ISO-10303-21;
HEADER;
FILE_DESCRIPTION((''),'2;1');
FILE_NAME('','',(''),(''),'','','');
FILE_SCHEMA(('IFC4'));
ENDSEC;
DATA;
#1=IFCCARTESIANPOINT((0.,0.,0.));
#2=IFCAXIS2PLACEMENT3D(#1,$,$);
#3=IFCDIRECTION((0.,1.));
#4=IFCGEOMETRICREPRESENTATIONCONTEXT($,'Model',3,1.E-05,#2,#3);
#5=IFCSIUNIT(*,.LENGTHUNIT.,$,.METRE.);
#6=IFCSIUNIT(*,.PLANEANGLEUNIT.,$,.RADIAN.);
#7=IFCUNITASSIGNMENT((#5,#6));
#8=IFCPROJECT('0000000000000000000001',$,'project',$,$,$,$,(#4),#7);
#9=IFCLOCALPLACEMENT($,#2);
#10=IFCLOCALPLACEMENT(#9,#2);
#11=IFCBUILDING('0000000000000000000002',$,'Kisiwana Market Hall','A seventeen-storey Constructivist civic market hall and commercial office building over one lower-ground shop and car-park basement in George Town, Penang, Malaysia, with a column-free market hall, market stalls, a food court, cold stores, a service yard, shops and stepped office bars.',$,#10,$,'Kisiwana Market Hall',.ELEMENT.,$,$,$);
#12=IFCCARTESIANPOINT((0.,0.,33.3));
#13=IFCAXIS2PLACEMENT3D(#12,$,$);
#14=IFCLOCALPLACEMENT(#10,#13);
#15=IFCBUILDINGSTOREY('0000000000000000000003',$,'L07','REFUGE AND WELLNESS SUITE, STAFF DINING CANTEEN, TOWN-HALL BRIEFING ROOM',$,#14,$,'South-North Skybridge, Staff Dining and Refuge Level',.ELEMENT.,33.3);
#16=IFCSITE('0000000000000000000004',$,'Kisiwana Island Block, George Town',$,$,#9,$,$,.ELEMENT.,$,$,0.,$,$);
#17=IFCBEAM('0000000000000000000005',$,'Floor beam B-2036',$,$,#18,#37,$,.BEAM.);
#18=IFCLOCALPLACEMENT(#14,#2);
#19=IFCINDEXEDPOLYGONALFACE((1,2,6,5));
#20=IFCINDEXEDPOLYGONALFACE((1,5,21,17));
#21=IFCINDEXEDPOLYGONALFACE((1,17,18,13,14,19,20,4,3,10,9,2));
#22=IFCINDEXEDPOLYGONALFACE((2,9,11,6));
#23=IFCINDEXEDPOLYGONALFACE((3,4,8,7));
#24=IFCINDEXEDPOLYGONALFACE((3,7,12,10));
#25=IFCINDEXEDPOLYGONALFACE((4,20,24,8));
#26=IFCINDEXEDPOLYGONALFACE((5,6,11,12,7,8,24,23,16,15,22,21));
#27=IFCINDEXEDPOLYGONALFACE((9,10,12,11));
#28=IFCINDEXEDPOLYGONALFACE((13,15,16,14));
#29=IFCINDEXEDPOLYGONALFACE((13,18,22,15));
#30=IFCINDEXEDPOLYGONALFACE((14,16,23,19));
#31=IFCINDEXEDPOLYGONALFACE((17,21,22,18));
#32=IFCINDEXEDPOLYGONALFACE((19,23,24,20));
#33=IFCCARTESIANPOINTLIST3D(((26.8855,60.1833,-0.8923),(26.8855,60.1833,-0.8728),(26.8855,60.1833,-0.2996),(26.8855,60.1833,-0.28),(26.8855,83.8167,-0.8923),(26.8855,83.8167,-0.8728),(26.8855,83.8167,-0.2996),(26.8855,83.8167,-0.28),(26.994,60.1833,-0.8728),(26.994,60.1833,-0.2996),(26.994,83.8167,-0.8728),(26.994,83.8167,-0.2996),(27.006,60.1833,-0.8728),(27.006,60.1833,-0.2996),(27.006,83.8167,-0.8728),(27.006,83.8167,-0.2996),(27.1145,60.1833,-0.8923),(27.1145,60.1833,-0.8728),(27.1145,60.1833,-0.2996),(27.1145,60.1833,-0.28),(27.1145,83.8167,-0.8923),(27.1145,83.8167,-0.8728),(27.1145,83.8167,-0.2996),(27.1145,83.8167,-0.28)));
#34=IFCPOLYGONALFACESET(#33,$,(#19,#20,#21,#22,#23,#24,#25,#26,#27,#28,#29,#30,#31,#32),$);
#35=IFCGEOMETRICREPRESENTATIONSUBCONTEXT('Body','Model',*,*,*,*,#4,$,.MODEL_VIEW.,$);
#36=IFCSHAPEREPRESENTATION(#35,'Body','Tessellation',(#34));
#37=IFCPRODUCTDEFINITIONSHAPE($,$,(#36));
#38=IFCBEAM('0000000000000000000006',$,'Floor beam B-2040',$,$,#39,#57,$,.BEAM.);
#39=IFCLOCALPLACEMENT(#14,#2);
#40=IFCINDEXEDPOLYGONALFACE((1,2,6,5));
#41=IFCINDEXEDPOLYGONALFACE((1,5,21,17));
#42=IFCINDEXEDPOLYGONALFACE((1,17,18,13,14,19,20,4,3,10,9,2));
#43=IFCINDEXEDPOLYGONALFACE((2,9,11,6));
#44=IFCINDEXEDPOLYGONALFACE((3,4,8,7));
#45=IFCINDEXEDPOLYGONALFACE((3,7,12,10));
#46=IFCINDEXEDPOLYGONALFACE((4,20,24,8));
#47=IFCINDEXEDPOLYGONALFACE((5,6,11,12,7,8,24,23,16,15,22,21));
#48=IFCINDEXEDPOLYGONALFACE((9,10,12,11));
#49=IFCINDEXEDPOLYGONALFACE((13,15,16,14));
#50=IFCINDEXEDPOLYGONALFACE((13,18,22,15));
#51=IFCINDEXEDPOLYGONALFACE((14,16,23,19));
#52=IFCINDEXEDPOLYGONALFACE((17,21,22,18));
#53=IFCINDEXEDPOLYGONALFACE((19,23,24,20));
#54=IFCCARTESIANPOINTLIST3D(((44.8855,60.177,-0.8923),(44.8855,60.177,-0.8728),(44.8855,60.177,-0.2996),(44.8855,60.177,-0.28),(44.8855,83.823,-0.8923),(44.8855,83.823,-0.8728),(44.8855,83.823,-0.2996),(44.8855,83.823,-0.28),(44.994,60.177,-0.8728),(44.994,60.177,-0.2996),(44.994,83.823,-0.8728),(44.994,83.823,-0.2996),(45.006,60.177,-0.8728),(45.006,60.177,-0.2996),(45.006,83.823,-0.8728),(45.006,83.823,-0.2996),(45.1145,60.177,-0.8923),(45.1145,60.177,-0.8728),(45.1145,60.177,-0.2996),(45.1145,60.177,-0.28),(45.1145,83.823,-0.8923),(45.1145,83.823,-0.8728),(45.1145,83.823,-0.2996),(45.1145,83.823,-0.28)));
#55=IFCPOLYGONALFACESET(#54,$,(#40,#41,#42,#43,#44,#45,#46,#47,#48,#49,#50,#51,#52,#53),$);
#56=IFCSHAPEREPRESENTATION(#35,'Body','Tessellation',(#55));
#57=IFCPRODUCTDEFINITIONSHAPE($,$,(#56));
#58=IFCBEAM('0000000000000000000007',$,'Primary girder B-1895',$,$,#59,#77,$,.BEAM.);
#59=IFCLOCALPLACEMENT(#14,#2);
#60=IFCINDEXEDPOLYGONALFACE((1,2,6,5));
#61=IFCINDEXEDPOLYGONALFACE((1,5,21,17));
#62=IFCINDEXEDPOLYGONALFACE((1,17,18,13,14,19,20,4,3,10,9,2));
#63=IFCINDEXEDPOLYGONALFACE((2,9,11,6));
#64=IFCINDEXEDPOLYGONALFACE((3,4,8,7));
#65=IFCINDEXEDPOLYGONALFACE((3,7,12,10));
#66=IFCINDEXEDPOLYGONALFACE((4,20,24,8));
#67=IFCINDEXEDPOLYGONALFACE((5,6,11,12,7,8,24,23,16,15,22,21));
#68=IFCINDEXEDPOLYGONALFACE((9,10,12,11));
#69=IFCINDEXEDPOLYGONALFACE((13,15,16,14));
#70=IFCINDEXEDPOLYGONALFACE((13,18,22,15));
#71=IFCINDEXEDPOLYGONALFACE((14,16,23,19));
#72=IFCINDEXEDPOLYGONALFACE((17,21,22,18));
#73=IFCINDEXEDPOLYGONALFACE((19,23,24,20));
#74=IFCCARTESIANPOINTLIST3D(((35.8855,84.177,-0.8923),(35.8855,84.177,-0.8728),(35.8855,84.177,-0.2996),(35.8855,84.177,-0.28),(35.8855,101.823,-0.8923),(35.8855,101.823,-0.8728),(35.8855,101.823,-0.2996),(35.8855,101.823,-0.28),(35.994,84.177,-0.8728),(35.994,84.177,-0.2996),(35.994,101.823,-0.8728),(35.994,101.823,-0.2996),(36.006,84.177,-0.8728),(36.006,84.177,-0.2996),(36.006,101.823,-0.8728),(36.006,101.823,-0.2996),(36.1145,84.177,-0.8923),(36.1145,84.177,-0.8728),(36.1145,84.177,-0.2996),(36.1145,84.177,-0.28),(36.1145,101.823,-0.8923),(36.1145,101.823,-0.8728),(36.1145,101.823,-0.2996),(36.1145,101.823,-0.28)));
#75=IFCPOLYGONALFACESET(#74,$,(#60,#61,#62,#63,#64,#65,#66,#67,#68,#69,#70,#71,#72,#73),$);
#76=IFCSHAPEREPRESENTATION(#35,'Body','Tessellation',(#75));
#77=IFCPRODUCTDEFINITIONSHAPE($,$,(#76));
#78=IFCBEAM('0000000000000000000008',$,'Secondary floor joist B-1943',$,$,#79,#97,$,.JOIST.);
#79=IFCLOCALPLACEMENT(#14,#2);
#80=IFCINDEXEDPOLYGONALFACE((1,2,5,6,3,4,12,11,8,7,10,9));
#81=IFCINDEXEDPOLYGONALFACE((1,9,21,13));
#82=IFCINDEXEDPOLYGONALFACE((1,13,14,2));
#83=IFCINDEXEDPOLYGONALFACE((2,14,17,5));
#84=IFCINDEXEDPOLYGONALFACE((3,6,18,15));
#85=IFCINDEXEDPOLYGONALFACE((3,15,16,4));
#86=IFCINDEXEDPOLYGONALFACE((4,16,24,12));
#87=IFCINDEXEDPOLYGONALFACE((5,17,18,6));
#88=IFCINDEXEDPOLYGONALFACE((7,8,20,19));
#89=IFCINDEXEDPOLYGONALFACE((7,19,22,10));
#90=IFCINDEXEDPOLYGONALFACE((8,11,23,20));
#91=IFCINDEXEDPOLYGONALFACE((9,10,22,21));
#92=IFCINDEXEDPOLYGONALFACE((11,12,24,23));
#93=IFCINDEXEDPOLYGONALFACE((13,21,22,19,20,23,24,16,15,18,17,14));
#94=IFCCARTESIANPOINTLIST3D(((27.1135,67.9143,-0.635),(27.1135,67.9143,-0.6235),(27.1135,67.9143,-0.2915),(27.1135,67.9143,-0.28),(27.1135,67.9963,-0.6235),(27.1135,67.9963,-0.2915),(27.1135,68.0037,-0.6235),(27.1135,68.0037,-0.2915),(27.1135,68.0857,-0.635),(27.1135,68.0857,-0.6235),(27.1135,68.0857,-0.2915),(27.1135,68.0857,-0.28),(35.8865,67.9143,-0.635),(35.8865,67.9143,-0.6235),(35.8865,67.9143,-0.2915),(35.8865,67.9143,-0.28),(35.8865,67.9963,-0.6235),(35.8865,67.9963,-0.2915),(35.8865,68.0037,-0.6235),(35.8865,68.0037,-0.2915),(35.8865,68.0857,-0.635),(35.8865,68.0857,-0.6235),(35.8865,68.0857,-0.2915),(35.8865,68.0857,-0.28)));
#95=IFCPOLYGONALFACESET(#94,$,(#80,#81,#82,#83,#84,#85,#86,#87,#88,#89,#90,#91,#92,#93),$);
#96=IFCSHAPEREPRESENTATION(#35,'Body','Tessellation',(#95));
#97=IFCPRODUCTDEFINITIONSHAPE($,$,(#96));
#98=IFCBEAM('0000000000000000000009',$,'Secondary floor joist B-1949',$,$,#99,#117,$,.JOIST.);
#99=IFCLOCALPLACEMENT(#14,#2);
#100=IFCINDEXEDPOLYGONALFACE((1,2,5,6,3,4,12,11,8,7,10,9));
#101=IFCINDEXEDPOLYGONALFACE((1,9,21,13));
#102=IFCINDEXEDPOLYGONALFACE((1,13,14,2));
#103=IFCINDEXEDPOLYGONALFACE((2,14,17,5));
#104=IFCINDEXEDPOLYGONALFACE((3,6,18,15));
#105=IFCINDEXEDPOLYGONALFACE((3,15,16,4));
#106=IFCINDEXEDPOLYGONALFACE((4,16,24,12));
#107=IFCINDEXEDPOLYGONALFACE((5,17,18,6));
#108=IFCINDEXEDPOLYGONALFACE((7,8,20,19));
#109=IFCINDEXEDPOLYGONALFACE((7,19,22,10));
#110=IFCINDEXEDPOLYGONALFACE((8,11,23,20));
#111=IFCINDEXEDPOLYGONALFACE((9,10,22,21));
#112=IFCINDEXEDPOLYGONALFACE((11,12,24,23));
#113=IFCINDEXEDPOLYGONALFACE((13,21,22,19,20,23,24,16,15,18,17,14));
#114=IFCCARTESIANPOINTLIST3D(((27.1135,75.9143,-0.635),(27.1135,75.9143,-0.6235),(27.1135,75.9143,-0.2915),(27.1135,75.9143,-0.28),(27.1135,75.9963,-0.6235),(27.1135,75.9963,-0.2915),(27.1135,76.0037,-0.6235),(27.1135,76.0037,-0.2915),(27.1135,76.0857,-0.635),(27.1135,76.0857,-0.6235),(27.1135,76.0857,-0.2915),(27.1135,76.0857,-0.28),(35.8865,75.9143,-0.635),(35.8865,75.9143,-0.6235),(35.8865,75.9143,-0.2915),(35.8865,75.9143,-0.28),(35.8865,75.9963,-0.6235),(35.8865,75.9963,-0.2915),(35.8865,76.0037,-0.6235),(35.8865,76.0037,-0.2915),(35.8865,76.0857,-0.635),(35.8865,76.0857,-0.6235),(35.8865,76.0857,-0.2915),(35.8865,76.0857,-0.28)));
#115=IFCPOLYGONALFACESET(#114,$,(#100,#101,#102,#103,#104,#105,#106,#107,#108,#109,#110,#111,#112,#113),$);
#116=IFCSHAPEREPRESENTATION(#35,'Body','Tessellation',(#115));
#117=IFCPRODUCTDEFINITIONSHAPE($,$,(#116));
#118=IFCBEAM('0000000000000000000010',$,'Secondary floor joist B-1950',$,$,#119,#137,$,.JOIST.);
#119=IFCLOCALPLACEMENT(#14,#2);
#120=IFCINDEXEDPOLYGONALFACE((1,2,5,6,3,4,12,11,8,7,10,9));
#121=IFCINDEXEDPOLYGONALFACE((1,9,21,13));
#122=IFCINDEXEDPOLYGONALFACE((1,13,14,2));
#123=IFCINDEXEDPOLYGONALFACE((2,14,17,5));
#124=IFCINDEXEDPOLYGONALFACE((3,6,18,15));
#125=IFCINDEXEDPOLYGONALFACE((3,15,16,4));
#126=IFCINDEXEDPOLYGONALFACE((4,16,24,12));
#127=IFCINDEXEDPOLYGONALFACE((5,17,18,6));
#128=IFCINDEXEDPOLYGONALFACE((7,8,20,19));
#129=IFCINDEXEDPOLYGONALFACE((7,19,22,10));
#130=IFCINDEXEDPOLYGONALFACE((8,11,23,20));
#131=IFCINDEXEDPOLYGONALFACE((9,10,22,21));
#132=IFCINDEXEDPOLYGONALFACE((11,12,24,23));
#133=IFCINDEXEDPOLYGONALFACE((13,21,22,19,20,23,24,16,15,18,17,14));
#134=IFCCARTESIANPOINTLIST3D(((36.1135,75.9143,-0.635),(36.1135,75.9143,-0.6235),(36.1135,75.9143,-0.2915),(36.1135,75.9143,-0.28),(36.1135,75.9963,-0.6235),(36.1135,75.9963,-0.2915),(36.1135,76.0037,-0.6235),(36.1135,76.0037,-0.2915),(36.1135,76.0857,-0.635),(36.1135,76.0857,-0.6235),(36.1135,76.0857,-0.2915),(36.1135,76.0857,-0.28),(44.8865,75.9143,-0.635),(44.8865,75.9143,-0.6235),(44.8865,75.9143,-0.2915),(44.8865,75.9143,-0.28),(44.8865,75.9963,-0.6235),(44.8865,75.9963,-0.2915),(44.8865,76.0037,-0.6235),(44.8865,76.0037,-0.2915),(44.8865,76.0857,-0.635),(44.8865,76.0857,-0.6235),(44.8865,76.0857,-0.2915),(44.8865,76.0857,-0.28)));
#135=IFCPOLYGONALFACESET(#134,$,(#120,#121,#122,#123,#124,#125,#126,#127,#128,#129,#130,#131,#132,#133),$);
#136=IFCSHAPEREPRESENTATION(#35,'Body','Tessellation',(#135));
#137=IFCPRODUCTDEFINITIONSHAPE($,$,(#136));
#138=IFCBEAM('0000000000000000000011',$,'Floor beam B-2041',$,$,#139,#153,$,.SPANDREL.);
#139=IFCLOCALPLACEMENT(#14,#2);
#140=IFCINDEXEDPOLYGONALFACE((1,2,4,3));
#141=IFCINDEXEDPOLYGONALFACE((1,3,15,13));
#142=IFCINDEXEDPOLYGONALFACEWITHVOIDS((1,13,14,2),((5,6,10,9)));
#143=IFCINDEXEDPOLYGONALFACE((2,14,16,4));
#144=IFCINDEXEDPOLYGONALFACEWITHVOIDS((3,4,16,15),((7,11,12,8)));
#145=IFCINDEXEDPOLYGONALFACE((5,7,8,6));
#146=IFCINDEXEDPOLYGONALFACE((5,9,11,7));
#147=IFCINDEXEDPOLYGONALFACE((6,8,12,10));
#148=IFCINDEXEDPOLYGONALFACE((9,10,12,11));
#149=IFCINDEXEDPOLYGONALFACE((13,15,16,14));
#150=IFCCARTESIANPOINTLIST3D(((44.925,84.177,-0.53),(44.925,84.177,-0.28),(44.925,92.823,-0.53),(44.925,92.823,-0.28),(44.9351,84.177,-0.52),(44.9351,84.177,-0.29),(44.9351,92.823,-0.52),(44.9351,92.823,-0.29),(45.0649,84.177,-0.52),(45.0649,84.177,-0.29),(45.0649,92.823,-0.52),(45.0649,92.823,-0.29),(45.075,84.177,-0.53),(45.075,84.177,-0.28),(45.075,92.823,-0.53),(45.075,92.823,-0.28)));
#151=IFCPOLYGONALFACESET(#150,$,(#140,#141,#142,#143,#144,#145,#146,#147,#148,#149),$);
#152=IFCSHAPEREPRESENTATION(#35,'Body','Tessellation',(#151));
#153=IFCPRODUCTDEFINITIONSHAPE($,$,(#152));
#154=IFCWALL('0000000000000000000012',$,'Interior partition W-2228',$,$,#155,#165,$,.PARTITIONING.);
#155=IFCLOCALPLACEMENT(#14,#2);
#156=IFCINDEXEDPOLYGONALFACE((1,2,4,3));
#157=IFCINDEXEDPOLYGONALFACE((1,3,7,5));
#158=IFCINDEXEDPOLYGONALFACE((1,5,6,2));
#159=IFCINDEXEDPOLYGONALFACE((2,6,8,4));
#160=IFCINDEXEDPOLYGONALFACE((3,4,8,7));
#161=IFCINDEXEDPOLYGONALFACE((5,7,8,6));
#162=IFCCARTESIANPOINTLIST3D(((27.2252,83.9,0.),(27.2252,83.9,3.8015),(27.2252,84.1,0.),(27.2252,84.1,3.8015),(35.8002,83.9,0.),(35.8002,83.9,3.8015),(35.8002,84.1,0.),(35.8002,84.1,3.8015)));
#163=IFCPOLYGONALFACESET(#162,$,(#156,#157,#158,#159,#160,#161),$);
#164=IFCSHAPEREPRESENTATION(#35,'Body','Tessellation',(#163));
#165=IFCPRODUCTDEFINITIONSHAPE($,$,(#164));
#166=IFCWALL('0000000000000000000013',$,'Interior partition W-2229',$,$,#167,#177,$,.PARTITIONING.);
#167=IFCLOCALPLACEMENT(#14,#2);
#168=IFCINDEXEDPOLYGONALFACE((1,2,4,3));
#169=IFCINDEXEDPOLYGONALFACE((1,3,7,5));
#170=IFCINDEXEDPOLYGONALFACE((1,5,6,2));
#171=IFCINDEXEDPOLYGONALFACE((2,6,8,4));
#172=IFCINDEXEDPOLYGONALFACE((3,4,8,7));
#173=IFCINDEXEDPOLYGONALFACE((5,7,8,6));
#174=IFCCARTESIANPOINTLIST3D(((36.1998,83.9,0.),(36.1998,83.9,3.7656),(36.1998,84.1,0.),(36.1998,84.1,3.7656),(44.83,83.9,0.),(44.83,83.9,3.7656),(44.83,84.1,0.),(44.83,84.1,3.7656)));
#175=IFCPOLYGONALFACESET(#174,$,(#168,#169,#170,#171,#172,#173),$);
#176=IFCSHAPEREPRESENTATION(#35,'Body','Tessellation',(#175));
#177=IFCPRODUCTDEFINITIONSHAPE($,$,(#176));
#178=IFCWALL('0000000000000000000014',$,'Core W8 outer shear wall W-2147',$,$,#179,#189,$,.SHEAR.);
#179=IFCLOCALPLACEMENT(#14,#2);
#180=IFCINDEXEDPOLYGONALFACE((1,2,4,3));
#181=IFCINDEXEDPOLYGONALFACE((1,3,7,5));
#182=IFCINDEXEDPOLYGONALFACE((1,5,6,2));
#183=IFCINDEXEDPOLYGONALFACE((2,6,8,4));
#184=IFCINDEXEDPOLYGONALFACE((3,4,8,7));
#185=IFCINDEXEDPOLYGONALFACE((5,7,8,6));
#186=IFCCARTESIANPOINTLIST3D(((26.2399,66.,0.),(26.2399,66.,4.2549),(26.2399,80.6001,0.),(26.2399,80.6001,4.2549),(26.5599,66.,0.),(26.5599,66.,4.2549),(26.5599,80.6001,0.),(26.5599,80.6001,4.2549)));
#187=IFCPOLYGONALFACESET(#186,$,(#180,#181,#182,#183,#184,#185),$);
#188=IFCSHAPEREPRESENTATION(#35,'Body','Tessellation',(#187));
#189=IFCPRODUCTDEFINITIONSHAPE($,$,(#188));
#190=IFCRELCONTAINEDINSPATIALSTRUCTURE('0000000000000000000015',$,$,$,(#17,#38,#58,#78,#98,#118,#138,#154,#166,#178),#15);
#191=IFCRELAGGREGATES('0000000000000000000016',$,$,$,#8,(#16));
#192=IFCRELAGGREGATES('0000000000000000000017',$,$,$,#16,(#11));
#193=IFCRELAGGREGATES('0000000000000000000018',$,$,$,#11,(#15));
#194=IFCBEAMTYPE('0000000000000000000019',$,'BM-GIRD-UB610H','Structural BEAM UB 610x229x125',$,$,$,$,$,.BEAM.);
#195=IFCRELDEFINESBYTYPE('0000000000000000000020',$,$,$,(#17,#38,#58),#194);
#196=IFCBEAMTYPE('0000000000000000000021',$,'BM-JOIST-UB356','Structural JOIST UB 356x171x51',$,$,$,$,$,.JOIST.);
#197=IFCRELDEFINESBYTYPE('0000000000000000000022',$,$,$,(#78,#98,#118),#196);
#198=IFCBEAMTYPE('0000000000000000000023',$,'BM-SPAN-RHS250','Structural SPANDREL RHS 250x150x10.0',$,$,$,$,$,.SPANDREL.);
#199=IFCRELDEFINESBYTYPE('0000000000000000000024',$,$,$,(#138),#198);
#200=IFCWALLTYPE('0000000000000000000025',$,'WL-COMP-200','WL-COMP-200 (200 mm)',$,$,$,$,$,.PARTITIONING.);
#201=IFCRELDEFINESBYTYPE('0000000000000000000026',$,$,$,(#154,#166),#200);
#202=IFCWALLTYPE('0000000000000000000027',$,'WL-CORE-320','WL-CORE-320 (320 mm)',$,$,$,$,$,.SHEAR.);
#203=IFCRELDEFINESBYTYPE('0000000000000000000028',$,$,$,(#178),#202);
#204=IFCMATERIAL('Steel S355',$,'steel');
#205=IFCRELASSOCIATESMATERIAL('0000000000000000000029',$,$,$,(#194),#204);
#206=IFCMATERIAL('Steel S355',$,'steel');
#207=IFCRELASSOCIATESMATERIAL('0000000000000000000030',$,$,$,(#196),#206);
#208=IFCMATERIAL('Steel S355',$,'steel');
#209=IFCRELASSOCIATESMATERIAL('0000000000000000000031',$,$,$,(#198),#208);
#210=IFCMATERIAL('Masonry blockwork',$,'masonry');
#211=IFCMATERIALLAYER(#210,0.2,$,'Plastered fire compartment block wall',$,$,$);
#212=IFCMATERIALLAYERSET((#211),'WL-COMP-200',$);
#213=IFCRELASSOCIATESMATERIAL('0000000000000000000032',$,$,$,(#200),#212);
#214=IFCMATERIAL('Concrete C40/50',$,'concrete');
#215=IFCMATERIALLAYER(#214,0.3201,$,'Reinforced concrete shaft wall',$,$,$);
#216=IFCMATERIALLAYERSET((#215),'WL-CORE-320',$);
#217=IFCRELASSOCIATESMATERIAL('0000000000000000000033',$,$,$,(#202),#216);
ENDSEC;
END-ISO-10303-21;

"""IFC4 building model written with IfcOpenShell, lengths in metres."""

from ifc_helpers import new_model, si_unit, direction, frame, frame_2d, origin, origin_2d, place, context, subcontext, project, spatial, rectangle, hollow_rectangle, i_section, extrude, material, layer, layer_set, material_profile, profile_set, type_object, element, save


model = new_model("IFC4")

# Units and contexts
model_context = context("Model", 3, precision=1e-05, world=origin(), true_north=direction((0.0, 1.0)))
body_context = subcontext(model_context, "Body", "Model", "MODEL_VIEW")
ifc_project = project(units=[si_unit("LENGTHUNIT", "METRE"), si_unit("PLANEANGLEUNIT", "RADIAN")], contexts=[model_context])

# Site, building, storey
site_placement = place(None, origin())
site = spatial("IfcSite", under=ifc_project, at=site_placement, Name="Kisiwana Island Block, George Town", CompositionType="ELEMENT", RefElevation=0.0)
building_placement = place(site_placement, origin())
building = spatial("IfcBuilding", under=site, at=building_placement, Name="Kisiwana Market Hall", Description="A seventeen-storey Constructivist civic market hall and commercial office building over one lower-ground shop and car-park basement in George Town, Penang, Malaysia, with a column-free market hall, market stalls, a food court, cold stores, a service yard, shops and stepped office bars.", LongName="Kisiwana Market Hall", CompositionType="ELEMENT")
storey_placement = place(building_placement, frame((0.0, 0.0, 33.3)))
storey = spatial("IfcBuildingStorey", under=building, at=storey_placement, Name="L07", Description="REFUGE AND WELLNESS SUITE, STAFF DINING CANTEEN, TOWN-HALL BRIEFING ROOM", LongName="South-North Skybridge, Staff Dining and Refuge Level", CompositionType="ELEMENT", Elevation=33.3)

# Beams
ifc_material_1 = material(Name="Steel S355", Category="steel")
ifc_material_profile_1 = material_profile(ifc_material_1, i_section(OverallWidth=0.229, OverallDepth=0.6123, WebThickness=0.012, FlangeThickness=0.0195, at=origin_2d()), Name="UB 610x229x125")
ifc_profile_set_1 = profile_set([ifc_material_profile_1], Name="Steel S355")
beam_type_1 = type_object("IfcBeamType", Name="BM-GIRD-UB610H", Description="Structural BEAM UB 610x229x125", PredefinedType="BEAM", material=ifc_profile_set_1)
beam_1_placement = place(storey_placement, frame((27.0, 60.1833, -0.5862), z_axis=(0.0, 1.0, 0.0), x_axis=(-1.0, 0.0, 0.0)))
element("IfcBeam", 1, at=beam_1_placement, inside=storey, type_object=beam_type_1, Name="Floor beam B-2036", PredefinedType="BEAM", context=body_context, shape_type="SweptSolid", body=[
    extrude(i_section(OverallWidth=0.229, OverallDepth=0.6123, WebThickness=0.012, FlangeThickness=0.0195, at=origin_2d()), origin(), (0.0, 0.0, 1.0), 23.6333),
])
beam_2_placement = place(storey_placement, frame((45.0, 60.177, -0.5862), z_axis=(0.0, 1.0, 0.0), x_axis=(-1.0, 0.0, 0.0)))
element("IfcBeam", 2, at=beam_2_placement, inside=storey, type_object=beam_type_1, Name="Floor beam B-2040", PredefinedType="BEAM", context=body_context, shape_type="SweptSolid", body=[
    extrude(i_section(OverallWidth=0.229, OverallDepth=0.6123, WebThickness=0.012, FlangeThickness=0.0195, at=origin_2d()), origin(), (0.0, 0.0, 1.0), 23.646),
])
beam_3_placement = place(storey_placement, frame((36.0, 84.177, -0.5862), z_axis=(0.0, 1.0, 0.0), x_axis=(-1.0, 0.0, 0.0)))
element("IfcBeam", 3, at=beam_3_placement, inside=storey, type_object=beam_type_1, Name="Primary girder B-1895", PredefinedType="BEAM", context=body_context, shape_type="SweptSolid", body=[
    extrude(i_section(OverallWidth=0.229, OverallDepth=0.6123, WebThickness=0.012, FlangeThickness=0.0195, at=origin_2d()), origin(), (0.0, 0.0, 1.0), 17.646),
])
ifc_material_2 = material(Name="Steel S355", Category="steel")
ifc_material_profile_2 = material_profile(ifc_material_2, i_section(OverallWidth=0.1714, OverallDepth=0.355, WebThickness=0.0073, FlangeThickness=0.0115, at=origin_2d()), Name="UB 356x171x51")
ifc_profile_set_2 = profile_set([ifc_material_profile_2], Name="Steel S355")
beam_type_2 = type_object("IfcBeamType", Name="BM-JOIST-UB356", Description="Structural JOIST UB 356x171x51", PredefinedType="JOIST", material=ifc_profile_set_2)
for number, where, z_axis, x_axis, name in (
    (4, (27.1135, 68.0, -0.4575), (1.0, 0.0, 0.0), (0.0, 1.0, 0.0), "Secondary floor joist B-1943"),
    (5, (27.1135, 76.0, -0.4575), (1.0, 0.0, 0.0), (0.0, 1.0, 0.0), "Secondary floor joist B-1949"),
    (6, (36.1135, 76.0, -0.4575), (1.0, 0.0, 0.0), (0.0, 1.0, 0.0), "Secondary floor joist B-1950"),
):
    element("IfcBeam", number, at=place(storey_placement, frame(where, z_axis=z_axis, x_axis=x_axis)), inside=storey, type_object=beam_type_2, Name=name, PredefinedType="JOIST", context=body_context, shape_type="SweptSolid", body=[
        extrude(i_section(OverallWidth=0.1714, OverallDepth=0.355, WebThickness=0.0073, FlangeThickness=0.0115, at=origin_2d()), origin(), (0.0, 0.0, 1.0), 8.7729),
    ])
ifc_material_3 = material(Name="Steel S355", Category="steel")
ifc_material_profile_3 = material_profile(ifc_material_3, hollow_rectangle(XDim=0.1499, YDim=0.25, WallThickness=0.01, at=origin_2d()), Name="RHS 250x150x10.0")
ifc_profile_set_3 = profile_set([ifc_material_profile_3], Name="Steel S355")
beam_type_3 = type_object("IfcBeamType", Name="BM-SPAN-RHS250", Description="Structural SPANDREL RHS 250x150x10.0", PredefinedType="SPANDREL", material=ifc_profile_set_3)
beam_4_placement = place(storey_placement, frame((45.0, 84.177, -0.405), z_axis=(0.0, 1.0, 0.0), x_axis=(-1.0, 0.0, 0.0)))
element("IfcBeam", 7, at=beam_4_placement, inside=storey, type_object=beam_type_3, Name="Floor beam B-2041", PredefinedType="SPANDREL", context=body_context, shape_type="SweptSolid", body=[
    extrude(hollow_rectangle(XDim=0.1499, YDim=0.25, WallThickness=0.01, at=origin_2d()), origin(), (0.0, 0.0, 1.0), 8.646),
])

# Walls
ifc_material_4 = material(Name="Masonry blockwork", Category="masonry")
ifc_layer_1 = layer(ifc_material_4, 0.2, Name="Plastered fire compartment block wall")
ifc_layer_set_1 = layer_set([ifc_layer_1], Name="WL-COMP-200")
wall_type_1 = type_object("IfcWallType", Name="WL-COMP-200", Description="WL-COMP-200 (200 mm)", PredefinedType="PARTITIONING", material=ifc_layer_set_1)
wall_1_placement = place(storey_placement, frame((27.2251, 84.0, 0.0), z_axis=(0.0, 0.0, 1.0), x_axis=(1.0, 0.0, 0.0)))
element("IfcWall", 8, at=wall_1_placement, inside=storey, type_object=wall_type_1, Name="Interior partition W-2228", PredefinedType="PARTITIONING", context=body_context, shape_type="SweptSolid", body=[
    extrude(rectangle(XDim=8.575, YDim=0.2, at=frame_2d((4.2876, 0.0))), origin(), (0.0, 0.0, 1.0), 3.8015),
])
wall_2_placement = place(storey_placement, frame((36.2, 84.0, 0.0), z_axis=(0.0, 0.0, 1.0), x_axis=(1.0, 0.0, 0.0)))
element("IfcWall", 9, at=wall_2_placement, inside=storey, type_object=wall_type_1, Name="Interior partition W-2229", PredefinedType="PARTITIONING", context=body_context, shape_type="SweptSolid", body=[
    extrude(rectangle(XDim=8.6301, YDim=0.2, at=frame_2d((4.3149, 0.0))), origin(), (0.0, 0.0, 1.0), 3.7656),
])
ifc_material_5 = material(Name="Concrete C40/50", Category="concrete")
ifc_layer_2 = layer(ifc_material_5, 0.3201, Name="Reinforced concrete shaft wall")
ifc_layer_set_2 = layer_set([ifc_layer_2], Name="WL-CORE-320")
wall_type_2 = type_object("IfcWallType", Name="WL-CORE-320", Description="WL-CORE-320 (320 mm)", PredefinedType="SHEAR", material=ifc_layer_set_2)
wall_3_placement = place(storey_placement, frame((26.3999, 66.0, 0.0), z_axis=(0.0, 0.0, 1.0), x_axis=(0.0, 1.0, 0.0)))
element("IfcWall", 10, at=wall_3_placement, inside=storey, type_object=wall_type_2, Name="Core W8 outer shear wall W-2147", PredefinedType="SHEAR", context=body_context, shape_type="SweptSolid", body=[
    extrude(rectangle(XDim=14.6001, YDim=0.3201, at=frame_2d((7.3, 0.0))), origin(), (0.0, 0.0, 1.0), 4.2549),
])

save(model, "model.ifc")
